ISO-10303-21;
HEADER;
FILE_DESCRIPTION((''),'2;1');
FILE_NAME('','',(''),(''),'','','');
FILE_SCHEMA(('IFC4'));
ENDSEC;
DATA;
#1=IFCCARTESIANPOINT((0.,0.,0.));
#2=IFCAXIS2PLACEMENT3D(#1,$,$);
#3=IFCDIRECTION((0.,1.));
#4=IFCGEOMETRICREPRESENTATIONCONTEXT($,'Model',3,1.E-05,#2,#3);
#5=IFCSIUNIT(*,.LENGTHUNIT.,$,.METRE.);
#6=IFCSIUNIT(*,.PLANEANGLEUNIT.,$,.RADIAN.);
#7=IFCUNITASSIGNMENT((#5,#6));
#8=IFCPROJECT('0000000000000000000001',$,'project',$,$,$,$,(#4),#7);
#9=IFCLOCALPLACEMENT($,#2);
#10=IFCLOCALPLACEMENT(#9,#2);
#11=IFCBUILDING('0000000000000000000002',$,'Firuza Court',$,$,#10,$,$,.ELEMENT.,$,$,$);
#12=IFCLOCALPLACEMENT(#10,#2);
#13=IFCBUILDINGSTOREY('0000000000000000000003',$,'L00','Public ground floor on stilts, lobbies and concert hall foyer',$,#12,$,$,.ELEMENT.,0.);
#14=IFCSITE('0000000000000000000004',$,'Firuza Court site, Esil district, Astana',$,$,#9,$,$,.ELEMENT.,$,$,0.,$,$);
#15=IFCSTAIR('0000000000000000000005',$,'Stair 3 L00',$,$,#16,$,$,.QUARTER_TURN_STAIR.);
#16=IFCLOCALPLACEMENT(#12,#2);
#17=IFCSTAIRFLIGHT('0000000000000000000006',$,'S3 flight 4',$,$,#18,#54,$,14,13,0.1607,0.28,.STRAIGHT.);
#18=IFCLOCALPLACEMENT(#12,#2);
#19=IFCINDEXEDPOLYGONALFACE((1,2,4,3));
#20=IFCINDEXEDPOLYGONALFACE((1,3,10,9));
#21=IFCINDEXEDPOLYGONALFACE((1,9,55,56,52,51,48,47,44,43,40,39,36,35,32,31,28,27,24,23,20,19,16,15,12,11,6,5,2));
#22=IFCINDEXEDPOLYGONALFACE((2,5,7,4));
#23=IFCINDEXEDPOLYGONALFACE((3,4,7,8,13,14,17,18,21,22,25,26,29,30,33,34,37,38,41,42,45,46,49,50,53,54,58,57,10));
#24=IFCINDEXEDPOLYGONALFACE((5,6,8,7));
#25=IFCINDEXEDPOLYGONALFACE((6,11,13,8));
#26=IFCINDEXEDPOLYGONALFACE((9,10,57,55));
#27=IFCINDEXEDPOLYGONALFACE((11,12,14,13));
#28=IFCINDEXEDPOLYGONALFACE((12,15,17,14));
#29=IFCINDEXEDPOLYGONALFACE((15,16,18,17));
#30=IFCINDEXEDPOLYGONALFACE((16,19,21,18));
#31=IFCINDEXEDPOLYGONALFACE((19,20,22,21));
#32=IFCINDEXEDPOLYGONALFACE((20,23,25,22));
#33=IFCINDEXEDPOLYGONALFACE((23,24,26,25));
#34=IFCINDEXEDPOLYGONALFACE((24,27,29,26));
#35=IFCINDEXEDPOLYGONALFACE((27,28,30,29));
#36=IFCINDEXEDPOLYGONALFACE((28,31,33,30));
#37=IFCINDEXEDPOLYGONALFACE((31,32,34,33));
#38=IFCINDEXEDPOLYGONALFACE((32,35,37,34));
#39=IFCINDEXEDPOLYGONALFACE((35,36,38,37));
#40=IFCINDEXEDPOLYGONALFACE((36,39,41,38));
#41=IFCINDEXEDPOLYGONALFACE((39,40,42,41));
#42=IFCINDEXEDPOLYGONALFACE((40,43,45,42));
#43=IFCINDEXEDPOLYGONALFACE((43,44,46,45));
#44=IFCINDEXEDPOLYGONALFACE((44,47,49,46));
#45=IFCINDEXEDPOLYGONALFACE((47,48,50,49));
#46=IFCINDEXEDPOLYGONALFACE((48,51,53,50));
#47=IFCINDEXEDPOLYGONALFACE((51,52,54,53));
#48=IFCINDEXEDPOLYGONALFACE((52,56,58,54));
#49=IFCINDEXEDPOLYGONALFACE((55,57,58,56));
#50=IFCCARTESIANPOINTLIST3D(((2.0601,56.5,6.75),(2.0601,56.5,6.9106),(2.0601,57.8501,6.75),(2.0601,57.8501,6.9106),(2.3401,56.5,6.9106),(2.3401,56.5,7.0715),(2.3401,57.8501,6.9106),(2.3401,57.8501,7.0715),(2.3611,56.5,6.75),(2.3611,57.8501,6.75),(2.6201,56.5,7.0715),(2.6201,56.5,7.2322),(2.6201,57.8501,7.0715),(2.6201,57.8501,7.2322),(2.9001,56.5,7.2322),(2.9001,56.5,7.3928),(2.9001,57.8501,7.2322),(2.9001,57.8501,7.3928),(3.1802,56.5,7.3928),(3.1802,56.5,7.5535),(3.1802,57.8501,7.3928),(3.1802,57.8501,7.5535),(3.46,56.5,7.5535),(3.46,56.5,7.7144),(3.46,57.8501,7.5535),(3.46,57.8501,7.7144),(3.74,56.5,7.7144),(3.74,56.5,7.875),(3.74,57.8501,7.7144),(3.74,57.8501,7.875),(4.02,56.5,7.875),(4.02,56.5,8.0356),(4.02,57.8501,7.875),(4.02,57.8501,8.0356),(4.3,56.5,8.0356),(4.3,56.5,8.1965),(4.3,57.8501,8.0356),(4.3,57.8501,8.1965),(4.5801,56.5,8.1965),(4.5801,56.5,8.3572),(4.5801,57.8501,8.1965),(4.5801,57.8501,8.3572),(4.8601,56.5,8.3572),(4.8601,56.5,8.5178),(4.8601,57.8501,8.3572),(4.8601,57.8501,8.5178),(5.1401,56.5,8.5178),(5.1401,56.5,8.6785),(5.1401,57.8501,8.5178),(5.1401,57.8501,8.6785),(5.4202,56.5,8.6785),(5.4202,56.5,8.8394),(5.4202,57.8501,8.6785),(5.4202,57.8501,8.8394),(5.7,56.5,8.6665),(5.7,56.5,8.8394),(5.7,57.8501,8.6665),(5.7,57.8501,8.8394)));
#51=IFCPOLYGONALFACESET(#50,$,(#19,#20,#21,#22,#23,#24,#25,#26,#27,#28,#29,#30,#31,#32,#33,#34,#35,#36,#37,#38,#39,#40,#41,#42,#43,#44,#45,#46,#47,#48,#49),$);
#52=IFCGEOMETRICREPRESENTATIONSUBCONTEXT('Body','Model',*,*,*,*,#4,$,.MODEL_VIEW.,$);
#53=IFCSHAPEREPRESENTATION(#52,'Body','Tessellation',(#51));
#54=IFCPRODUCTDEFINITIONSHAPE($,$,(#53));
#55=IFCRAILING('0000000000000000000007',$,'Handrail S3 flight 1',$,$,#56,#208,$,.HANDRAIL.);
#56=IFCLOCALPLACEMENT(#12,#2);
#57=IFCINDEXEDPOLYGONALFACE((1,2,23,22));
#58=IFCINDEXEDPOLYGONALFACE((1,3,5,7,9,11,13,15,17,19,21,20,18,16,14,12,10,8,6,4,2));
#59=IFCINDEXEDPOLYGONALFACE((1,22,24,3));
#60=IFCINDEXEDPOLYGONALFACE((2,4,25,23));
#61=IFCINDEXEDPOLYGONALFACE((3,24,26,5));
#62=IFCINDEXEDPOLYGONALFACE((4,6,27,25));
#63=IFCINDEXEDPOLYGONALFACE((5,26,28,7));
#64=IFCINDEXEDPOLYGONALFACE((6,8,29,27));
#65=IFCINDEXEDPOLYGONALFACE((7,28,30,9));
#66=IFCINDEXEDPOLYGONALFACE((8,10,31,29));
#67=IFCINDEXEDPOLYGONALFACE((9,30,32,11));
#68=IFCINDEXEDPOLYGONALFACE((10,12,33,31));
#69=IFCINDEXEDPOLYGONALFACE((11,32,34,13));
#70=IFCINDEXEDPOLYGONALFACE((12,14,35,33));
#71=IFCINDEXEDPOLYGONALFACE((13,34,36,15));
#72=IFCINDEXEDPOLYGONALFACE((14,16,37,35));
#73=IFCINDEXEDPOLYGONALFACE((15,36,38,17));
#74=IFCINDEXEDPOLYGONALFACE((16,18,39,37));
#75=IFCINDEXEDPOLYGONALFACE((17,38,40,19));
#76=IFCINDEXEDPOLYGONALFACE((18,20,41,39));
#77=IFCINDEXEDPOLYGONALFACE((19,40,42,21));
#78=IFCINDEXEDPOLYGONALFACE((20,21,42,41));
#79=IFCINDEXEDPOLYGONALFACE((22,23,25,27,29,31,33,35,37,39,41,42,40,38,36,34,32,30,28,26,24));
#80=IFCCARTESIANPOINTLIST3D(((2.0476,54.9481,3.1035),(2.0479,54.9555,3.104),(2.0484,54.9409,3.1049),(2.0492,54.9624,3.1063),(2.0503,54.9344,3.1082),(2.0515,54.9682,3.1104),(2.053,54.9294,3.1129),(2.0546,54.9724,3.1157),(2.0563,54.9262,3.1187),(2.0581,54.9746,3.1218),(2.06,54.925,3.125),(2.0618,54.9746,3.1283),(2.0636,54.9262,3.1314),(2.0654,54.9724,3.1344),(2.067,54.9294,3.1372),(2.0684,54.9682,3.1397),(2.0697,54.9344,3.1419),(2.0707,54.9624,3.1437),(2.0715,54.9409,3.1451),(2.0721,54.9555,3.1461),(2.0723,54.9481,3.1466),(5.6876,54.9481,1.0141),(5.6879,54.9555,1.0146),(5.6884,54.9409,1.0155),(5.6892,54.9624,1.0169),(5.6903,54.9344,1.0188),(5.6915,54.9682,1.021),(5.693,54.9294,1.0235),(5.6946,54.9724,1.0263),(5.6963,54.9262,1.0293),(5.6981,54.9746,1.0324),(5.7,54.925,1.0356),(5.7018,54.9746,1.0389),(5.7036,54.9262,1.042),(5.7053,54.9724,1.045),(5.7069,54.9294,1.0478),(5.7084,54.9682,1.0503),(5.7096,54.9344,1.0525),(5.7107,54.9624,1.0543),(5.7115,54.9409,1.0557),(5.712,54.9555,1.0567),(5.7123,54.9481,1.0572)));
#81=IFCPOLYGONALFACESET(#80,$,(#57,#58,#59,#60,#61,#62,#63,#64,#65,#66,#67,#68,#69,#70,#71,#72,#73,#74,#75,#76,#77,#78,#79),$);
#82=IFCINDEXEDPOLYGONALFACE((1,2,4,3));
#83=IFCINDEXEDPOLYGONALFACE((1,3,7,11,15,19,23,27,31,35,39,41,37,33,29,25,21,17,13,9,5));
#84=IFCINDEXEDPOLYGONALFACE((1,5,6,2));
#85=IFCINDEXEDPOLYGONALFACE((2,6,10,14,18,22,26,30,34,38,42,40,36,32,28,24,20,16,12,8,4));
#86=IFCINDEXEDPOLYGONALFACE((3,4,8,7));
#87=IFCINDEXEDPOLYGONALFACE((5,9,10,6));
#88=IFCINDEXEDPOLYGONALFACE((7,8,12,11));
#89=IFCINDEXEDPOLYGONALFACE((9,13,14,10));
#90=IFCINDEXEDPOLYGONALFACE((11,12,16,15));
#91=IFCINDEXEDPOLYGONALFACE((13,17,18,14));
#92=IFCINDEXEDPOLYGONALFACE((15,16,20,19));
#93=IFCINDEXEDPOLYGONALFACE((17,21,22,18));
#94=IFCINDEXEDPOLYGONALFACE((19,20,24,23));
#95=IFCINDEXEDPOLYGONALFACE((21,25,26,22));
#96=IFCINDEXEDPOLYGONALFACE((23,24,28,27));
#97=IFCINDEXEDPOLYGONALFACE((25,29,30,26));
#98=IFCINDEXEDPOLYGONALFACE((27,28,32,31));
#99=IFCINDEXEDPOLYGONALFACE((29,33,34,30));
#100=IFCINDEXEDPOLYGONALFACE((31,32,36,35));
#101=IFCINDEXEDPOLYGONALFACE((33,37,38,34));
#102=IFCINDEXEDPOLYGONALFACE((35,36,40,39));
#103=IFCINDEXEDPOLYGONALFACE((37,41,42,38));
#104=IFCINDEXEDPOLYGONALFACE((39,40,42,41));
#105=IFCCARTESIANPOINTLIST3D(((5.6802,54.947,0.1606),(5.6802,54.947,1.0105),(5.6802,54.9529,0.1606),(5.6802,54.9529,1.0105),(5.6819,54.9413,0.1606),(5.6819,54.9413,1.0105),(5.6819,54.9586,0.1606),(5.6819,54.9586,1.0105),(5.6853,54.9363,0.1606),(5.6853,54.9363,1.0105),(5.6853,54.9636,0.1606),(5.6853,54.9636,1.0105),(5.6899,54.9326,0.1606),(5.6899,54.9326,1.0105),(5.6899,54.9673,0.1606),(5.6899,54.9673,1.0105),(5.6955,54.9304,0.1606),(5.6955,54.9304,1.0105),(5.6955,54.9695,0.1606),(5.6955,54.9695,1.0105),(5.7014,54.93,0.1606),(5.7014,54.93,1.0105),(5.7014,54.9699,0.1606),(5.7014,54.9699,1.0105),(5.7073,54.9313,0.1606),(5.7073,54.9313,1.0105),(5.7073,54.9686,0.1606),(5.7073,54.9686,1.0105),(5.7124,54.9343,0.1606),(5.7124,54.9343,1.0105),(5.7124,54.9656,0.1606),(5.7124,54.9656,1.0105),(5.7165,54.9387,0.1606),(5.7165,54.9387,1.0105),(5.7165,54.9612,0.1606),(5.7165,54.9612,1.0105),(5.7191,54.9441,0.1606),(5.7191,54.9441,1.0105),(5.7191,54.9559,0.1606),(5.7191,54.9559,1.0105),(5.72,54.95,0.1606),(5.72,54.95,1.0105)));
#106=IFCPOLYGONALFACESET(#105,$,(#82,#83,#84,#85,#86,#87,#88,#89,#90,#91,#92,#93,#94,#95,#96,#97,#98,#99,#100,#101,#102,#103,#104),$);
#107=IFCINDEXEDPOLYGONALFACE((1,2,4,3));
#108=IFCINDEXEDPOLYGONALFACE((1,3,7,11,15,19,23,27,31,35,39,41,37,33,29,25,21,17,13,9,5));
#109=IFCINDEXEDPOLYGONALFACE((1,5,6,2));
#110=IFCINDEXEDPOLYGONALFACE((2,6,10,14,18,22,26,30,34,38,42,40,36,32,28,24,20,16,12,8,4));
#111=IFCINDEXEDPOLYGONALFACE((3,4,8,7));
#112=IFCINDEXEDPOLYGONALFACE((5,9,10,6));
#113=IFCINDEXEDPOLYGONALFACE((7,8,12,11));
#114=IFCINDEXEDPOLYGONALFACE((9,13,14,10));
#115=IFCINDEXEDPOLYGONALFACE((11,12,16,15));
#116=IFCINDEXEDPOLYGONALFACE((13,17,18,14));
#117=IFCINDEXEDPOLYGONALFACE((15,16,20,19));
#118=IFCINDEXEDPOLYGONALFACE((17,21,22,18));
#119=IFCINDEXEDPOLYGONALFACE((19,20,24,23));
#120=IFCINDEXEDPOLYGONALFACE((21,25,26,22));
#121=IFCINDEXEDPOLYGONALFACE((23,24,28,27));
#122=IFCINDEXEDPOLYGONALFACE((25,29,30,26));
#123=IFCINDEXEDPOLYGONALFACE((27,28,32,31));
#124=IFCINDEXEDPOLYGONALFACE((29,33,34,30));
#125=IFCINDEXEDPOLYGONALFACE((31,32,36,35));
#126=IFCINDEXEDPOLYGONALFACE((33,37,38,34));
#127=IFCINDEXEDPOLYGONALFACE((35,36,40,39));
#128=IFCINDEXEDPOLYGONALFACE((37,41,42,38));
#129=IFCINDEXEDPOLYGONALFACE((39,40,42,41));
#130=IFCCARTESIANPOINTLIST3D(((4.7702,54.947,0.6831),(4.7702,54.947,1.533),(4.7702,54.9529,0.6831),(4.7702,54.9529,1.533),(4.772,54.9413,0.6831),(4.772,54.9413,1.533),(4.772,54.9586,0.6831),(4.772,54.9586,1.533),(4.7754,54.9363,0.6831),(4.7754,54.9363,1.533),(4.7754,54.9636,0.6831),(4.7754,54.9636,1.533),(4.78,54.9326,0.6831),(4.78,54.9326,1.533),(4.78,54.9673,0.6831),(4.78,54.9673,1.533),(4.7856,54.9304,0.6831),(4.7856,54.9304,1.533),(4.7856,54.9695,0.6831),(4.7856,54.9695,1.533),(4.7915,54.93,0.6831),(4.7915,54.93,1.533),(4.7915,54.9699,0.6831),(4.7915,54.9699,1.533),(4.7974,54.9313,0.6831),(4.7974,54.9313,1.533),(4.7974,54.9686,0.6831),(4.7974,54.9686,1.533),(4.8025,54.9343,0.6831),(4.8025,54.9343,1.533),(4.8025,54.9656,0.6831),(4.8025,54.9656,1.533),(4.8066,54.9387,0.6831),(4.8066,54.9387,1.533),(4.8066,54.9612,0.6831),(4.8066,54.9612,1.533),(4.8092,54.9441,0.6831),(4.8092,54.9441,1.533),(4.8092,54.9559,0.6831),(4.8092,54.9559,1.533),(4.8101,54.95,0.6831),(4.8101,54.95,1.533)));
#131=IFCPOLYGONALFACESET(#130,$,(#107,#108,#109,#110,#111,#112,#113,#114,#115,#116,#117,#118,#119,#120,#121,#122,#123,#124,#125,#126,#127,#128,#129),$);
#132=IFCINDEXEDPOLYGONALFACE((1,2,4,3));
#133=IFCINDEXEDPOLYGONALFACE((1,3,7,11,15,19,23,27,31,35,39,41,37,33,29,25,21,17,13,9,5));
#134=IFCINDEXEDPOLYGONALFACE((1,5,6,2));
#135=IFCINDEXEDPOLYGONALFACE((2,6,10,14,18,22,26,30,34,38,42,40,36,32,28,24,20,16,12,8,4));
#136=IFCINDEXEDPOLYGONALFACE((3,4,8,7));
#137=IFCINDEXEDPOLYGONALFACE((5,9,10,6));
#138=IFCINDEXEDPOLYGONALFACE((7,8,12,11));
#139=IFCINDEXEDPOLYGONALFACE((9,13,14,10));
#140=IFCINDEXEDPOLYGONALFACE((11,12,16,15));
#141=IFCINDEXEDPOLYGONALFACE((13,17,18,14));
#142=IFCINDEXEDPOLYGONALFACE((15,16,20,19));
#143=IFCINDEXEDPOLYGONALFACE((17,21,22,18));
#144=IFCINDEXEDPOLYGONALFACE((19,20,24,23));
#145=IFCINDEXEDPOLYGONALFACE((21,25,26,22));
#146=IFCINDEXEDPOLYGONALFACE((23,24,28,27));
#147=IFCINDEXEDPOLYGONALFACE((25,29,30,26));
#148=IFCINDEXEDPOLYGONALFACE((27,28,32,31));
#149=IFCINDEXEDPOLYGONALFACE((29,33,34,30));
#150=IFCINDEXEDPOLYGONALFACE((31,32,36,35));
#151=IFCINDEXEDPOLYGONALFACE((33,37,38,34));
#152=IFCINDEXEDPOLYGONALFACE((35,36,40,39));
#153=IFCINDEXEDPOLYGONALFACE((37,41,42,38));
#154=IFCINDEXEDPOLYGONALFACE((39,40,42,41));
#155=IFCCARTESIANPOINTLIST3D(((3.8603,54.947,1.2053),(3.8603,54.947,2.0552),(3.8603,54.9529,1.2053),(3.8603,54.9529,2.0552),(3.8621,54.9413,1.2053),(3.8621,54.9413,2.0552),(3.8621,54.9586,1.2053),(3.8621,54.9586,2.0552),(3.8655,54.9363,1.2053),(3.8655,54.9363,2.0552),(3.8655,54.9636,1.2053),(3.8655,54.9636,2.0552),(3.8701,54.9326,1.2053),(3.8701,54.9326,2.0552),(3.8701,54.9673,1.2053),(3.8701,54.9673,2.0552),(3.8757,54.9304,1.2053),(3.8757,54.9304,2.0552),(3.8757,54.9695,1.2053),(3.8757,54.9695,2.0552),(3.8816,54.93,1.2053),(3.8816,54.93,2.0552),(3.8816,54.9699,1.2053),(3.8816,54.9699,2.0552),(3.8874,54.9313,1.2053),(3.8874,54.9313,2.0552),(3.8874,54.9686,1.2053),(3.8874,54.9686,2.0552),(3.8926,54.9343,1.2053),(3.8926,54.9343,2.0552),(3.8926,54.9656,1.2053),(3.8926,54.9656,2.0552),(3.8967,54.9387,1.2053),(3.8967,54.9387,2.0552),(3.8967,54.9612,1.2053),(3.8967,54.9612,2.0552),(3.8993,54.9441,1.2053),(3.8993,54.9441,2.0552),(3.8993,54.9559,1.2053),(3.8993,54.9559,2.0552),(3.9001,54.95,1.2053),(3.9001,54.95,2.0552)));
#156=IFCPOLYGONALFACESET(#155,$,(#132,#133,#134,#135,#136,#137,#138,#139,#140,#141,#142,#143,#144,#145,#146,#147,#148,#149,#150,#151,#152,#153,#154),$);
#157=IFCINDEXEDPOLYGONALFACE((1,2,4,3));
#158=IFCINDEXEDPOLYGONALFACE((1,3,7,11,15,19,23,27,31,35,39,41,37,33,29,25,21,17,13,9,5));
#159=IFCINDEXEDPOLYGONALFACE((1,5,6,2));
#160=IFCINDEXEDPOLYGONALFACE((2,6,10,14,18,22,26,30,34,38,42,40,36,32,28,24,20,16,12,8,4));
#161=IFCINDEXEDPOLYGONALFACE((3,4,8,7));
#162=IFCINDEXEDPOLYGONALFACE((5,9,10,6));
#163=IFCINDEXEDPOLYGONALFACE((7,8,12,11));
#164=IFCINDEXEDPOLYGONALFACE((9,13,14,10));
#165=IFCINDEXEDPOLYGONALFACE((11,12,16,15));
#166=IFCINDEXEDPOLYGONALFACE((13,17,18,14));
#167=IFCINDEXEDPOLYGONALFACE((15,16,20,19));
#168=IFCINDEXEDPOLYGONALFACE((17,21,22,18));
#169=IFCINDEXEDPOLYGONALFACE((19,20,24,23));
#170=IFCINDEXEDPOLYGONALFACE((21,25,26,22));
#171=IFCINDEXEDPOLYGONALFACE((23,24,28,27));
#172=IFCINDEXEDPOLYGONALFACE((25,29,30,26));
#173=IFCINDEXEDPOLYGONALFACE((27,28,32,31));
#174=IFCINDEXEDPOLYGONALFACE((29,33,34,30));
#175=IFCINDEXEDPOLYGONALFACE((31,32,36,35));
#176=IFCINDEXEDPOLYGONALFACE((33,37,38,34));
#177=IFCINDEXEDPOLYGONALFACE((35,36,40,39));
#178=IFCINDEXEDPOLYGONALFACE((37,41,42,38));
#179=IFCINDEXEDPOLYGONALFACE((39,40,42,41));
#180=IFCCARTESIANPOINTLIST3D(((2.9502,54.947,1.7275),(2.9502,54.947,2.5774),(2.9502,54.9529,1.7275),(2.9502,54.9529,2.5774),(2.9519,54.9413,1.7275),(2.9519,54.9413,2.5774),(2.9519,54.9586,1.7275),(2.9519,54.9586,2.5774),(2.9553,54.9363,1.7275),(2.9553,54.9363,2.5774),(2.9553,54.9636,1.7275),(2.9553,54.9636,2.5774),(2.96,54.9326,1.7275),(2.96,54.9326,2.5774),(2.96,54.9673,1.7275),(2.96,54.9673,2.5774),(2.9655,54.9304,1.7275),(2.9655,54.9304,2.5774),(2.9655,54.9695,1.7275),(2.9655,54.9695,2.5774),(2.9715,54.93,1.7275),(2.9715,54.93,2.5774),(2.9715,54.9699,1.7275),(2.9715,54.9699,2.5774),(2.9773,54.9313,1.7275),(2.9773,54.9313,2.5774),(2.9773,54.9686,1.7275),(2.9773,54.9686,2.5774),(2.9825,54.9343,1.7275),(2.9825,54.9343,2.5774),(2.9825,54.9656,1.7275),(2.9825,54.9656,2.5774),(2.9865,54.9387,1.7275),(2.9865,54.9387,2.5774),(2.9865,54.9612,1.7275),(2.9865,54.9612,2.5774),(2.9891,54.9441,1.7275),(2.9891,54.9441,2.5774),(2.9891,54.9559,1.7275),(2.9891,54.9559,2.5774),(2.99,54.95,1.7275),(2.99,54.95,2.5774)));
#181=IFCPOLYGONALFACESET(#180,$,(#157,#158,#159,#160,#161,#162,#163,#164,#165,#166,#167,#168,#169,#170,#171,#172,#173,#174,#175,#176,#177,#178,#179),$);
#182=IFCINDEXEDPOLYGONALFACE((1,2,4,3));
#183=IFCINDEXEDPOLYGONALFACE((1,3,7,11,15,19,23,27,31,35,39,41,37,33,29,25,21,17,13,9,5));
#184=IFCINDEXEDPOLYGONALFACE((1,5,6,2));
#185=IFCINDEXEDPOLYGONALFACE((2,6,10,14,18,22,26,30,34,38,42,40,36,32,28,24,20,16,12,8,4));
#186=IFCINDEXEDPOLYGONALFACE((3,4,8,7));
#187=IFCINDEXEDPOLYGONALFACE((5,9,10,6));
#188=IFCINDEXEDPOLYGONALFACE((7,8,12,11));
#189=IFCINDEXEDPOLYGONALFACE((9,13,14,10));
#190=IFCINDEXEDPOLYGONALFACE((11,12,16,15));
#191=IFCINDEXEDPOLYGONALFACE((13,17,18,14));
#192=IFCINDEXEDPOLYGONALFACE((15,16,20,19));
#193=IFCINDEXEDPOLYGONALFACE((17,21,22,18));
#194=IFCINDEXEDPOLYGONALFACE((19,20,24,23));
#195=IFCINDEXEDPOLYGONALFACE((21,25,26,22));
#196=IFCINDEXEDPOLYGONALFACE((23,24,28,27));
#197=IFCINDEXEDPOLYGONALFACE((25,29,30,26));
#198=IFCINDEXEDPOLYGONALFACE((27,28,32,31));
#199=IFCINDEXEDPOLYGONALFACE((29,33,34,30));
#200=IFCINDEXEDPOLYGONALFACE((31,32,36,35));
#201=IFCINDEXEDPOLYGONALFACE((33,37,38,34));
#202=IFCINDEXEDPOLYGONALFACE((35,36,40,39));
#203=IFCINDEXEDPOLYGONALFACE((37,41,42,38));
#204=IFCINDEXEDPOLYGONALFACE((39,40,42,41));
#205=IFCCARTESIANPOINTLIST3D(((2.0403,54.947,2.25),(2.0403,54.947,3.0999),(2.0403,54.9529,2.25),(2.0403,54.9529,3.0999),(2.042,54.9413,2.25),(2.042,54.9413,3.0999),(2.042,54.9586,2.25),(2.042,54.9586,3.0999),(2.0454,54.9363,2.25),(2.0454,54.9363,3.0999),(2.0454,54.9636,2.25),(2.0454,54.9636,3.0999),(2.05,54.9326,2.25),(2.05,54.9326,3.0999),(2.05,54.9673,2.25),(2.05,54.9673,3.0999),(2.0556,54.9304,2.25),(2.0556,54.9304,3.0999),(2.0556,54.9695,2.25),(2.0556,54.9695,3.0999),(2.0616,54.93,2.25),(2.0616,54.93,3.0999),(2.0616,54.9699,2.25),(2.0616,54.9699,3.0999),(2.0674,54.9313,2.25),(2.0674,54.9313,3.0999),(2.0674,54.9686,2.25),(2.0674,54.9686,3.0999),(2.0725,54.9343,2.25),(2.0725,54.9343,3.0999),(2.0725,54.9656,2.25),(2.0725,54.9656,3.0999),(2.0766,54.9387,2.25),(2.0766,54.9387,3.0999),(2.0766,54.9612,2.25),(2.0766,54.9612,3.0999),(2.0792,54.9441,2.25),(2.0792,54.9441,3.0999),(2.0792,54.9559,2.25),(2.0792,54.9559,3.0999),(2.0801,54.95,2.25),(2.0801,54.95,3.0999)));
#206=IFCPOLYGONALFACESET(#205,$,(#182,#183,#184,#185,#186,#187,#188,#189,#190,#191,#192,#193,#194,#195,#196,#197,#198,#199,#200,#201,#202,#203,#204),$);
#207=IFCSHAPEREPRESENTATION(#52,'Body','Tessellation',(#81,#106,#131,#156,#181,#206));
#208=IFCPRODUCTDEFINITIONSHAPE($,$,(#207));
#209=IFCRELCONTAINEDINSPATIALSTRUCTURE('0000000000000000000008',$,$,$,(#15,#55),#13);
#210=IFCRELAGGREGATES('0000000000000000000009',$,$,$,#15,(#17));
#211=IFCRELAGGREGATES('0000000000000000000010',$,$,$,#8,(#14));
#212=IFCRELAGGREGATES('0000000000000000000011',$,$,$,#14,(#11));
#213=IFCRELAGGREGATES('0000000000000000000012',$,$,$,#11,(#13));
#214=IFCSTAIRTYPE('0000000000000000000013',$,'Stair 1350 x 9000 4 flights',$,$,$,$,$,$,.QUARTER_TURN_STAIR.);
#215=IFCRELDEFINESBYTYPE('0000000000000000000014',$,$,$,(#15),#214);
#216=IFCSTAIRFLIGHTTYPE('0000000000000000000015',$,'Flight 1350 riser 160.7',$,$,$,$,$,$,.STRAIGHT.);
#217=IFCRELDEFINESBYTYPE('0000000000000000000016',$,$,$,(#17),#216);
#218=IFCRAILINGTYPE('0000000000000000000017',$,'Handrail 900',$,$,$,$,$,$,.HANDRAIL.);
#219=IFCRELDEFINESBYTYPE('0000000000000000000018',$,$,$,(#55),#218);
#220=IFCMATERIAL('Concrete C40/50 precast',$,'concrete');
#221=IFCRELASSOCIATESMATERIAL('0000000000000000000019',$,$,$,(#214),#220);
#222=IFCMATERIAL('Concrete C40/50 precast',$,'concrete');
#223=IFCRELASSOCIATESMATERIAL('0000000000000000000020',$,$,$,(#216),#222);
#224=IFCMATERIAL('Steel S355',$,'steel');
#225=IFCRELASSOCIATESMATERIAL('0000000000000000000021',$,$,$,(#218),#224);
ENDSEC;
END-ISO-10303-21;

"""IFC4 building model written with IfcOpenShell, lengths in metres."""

from ifc_helpers import new_model, si_unit, direction, frame, origin, origin_2d, place, context, subcontext, project, spatial, polyline, circle, outline, extrude, material, type_object, element, aggregate, save


model = new_model("IFC4")

# Units and contexts
model_context = context("Model", 3, precision=1e-05, world=origin(), true_north=direction((0.0, 1.0)))
body_context = subcontext(model_context, "Body", "Model", "MODEL_VIEW")
ifc_project = project(units=[si_unit("LENGTHUNIT", "METRE"), si_unit("PLANEANGLEUNIT", "RADIAN")], contexts=[model_context])

# Site, building, storey
site_placement = place(None, origin())
site = spatial("IfcSite", under=ifc_project, at=site_placement, Name="Firuza Court site, Esil district, Astana", CompositionType="ELEMENT", RefElevation=0.0)
building_placement = place(site_placement, origin())
building = spatial("IfcBuilding", under=site, at=building_placement, Name="Firuza Court", CompositionType="ELEMENT")
storey_placement = place(building_placement, origin())
storey = spatial("IfcBuildingStorey", under=building, at=storey_placement, Name="L00", Description="Public ground floor on stilts, lobbies and concert hall foyer", CompositionType="ELEMENT", Elevation=0.0)

# Stair, stair flight
ifc_material_1 = material(Name="Concrete C40/50 precast", Category="concrete")
stair_type = type_object("IfcStairType", Name="Stair 1350 x 9000 4 flights", PredefinedType="QUARTER_TURN_STAIR", material=ifc_material_1)
stair_placement = place(storey_placement, origin())
stair = element("IfcStair", 1, at=stair_placement, inside=storey, type_object=stair_type, Name="Stair 3 L00", PredefinedType="QUARTER_TURN_STAIR")
ifc_material_2 = material(Name="Concrete C40/50 precast", Category="concrete")
stair_flight_type = type_object("IfcStairFlightType", Name="Flight 1350 riser 160.7", PredefinedType="STRAIGHT", material=ifc_material_2)
stair_flight_1_placement = place(storey_placement, frame((2.0601, 57.175, 6.75), z_axis=(0.0, 0.0, 1.0), x_axis=(1.0, 0.0, 0.0)))
stair_flight_1 = element("IfcStairFlight", 2, at=stair_flight_1_placement, type_object=stair_flight_type, Name="S3 flight 4", NumberOfRisers=14, NumberOfTreads=13, PredefinedType="STRAIGHT", RiserHeight=0.1607, TreadLength=0.28, context=body_context, shape_type="SweptSolid", body=[
    extrude(outline(polyline([(0.0, 0.0), (0.0, 0.1606), (0.28, 0.1606), (0.28, 0.3215), (0.5601, 0.3215), (0.5601, 0.4822), (0.8401, 0.4822), (0.8401, 0.6428), (1.1201, 0.6428), (1.1201, 0.8035), (1.3999, 0.8035), (1.3999, 0.9644), (1.6799, 0.9644), (1.6799, 1.125), (1.96, 1.125), (1.96, 1.2856), (2.24, 1.2856), (2.24, 1.4465), (2.52, 1.4465), (2.52, 1.6072), (2.8, 1.6072), (2.8, 1.7678), (3.0801, 1.7678), (3.0801, 1.9285), (3.3601, 1.9285), (3.3601, 2.0894), (3.6399, 2.0894), (3.6399, 2.25), (3.6399, 1.9165), (0.301, 0.0), (0.0, 0.0)])), frame((0.0, 0.675, 0.0), z_axis=(0.0, -1.0, 0.0), x_axis=(1.0, 0.0, 0.0)), (0.0, 0.0, 1.0), 1.3501),
])
aggregate(stair, [stair_flight_1])

# Railing
ifc_material_3 = material(Name="Steel S355", Category="steel")
railing_type_1 = type_object("IfcRailingType", Name="Handrail 900", PredefinedType="HANDRAIL", material=ifc_material_3)
for number, where, name in (
    (3, (5.7, 54.95, 0.1606), "Handrail S3 flight 1"),
):
    element("IfcRailing", number, at=place(storey_placement, frame(where)), inside=storey, type_object=railing_type_1, Name=name, PredefinedType="HANDRAIL", context=body_context, shape_type="SweptSolid", body=[
        extrude(circle(Radius=0.0249, at=origin_2d()), frame((0.0, 0.0, 0.875), z_axis=(-0.867275, 0.0, 0.497829), x_axis=(0.0, -1.0, 0.0)), (0.0, 0.0, 1.0), 4.197),
        extrude(circle(Radius=0.02, at=origin_2d()), origin(), (0.0, 0.0, 1.0), 0.8499),
        extrude(circle(Radius=0.02, at=origin_2d()), frame((-0.9099, 0.0, 0.5225)), (0.0, 0.0, 1.0), 0.8499),
        extrude(circle(Radius=0.02, at=origin_2d()), frame((-1.8198, 0.0, 1.0447)), (0.0, 0.0, 1.0), 0.8499),
        extrude(circle(Radius=0.02, at=origin_2d()), frame((-2.73, 0.0, 1.5669)), (0.0, 0.0, 1.0), 0.8499),
        extrude(circle(Radius=0.02, at=origin_2d()), frame((-3.6399, 0.0, 2.0894)), (0.0, 0.0, 1.0), 0.8499),
    ])

save(model, "model.ifc")
